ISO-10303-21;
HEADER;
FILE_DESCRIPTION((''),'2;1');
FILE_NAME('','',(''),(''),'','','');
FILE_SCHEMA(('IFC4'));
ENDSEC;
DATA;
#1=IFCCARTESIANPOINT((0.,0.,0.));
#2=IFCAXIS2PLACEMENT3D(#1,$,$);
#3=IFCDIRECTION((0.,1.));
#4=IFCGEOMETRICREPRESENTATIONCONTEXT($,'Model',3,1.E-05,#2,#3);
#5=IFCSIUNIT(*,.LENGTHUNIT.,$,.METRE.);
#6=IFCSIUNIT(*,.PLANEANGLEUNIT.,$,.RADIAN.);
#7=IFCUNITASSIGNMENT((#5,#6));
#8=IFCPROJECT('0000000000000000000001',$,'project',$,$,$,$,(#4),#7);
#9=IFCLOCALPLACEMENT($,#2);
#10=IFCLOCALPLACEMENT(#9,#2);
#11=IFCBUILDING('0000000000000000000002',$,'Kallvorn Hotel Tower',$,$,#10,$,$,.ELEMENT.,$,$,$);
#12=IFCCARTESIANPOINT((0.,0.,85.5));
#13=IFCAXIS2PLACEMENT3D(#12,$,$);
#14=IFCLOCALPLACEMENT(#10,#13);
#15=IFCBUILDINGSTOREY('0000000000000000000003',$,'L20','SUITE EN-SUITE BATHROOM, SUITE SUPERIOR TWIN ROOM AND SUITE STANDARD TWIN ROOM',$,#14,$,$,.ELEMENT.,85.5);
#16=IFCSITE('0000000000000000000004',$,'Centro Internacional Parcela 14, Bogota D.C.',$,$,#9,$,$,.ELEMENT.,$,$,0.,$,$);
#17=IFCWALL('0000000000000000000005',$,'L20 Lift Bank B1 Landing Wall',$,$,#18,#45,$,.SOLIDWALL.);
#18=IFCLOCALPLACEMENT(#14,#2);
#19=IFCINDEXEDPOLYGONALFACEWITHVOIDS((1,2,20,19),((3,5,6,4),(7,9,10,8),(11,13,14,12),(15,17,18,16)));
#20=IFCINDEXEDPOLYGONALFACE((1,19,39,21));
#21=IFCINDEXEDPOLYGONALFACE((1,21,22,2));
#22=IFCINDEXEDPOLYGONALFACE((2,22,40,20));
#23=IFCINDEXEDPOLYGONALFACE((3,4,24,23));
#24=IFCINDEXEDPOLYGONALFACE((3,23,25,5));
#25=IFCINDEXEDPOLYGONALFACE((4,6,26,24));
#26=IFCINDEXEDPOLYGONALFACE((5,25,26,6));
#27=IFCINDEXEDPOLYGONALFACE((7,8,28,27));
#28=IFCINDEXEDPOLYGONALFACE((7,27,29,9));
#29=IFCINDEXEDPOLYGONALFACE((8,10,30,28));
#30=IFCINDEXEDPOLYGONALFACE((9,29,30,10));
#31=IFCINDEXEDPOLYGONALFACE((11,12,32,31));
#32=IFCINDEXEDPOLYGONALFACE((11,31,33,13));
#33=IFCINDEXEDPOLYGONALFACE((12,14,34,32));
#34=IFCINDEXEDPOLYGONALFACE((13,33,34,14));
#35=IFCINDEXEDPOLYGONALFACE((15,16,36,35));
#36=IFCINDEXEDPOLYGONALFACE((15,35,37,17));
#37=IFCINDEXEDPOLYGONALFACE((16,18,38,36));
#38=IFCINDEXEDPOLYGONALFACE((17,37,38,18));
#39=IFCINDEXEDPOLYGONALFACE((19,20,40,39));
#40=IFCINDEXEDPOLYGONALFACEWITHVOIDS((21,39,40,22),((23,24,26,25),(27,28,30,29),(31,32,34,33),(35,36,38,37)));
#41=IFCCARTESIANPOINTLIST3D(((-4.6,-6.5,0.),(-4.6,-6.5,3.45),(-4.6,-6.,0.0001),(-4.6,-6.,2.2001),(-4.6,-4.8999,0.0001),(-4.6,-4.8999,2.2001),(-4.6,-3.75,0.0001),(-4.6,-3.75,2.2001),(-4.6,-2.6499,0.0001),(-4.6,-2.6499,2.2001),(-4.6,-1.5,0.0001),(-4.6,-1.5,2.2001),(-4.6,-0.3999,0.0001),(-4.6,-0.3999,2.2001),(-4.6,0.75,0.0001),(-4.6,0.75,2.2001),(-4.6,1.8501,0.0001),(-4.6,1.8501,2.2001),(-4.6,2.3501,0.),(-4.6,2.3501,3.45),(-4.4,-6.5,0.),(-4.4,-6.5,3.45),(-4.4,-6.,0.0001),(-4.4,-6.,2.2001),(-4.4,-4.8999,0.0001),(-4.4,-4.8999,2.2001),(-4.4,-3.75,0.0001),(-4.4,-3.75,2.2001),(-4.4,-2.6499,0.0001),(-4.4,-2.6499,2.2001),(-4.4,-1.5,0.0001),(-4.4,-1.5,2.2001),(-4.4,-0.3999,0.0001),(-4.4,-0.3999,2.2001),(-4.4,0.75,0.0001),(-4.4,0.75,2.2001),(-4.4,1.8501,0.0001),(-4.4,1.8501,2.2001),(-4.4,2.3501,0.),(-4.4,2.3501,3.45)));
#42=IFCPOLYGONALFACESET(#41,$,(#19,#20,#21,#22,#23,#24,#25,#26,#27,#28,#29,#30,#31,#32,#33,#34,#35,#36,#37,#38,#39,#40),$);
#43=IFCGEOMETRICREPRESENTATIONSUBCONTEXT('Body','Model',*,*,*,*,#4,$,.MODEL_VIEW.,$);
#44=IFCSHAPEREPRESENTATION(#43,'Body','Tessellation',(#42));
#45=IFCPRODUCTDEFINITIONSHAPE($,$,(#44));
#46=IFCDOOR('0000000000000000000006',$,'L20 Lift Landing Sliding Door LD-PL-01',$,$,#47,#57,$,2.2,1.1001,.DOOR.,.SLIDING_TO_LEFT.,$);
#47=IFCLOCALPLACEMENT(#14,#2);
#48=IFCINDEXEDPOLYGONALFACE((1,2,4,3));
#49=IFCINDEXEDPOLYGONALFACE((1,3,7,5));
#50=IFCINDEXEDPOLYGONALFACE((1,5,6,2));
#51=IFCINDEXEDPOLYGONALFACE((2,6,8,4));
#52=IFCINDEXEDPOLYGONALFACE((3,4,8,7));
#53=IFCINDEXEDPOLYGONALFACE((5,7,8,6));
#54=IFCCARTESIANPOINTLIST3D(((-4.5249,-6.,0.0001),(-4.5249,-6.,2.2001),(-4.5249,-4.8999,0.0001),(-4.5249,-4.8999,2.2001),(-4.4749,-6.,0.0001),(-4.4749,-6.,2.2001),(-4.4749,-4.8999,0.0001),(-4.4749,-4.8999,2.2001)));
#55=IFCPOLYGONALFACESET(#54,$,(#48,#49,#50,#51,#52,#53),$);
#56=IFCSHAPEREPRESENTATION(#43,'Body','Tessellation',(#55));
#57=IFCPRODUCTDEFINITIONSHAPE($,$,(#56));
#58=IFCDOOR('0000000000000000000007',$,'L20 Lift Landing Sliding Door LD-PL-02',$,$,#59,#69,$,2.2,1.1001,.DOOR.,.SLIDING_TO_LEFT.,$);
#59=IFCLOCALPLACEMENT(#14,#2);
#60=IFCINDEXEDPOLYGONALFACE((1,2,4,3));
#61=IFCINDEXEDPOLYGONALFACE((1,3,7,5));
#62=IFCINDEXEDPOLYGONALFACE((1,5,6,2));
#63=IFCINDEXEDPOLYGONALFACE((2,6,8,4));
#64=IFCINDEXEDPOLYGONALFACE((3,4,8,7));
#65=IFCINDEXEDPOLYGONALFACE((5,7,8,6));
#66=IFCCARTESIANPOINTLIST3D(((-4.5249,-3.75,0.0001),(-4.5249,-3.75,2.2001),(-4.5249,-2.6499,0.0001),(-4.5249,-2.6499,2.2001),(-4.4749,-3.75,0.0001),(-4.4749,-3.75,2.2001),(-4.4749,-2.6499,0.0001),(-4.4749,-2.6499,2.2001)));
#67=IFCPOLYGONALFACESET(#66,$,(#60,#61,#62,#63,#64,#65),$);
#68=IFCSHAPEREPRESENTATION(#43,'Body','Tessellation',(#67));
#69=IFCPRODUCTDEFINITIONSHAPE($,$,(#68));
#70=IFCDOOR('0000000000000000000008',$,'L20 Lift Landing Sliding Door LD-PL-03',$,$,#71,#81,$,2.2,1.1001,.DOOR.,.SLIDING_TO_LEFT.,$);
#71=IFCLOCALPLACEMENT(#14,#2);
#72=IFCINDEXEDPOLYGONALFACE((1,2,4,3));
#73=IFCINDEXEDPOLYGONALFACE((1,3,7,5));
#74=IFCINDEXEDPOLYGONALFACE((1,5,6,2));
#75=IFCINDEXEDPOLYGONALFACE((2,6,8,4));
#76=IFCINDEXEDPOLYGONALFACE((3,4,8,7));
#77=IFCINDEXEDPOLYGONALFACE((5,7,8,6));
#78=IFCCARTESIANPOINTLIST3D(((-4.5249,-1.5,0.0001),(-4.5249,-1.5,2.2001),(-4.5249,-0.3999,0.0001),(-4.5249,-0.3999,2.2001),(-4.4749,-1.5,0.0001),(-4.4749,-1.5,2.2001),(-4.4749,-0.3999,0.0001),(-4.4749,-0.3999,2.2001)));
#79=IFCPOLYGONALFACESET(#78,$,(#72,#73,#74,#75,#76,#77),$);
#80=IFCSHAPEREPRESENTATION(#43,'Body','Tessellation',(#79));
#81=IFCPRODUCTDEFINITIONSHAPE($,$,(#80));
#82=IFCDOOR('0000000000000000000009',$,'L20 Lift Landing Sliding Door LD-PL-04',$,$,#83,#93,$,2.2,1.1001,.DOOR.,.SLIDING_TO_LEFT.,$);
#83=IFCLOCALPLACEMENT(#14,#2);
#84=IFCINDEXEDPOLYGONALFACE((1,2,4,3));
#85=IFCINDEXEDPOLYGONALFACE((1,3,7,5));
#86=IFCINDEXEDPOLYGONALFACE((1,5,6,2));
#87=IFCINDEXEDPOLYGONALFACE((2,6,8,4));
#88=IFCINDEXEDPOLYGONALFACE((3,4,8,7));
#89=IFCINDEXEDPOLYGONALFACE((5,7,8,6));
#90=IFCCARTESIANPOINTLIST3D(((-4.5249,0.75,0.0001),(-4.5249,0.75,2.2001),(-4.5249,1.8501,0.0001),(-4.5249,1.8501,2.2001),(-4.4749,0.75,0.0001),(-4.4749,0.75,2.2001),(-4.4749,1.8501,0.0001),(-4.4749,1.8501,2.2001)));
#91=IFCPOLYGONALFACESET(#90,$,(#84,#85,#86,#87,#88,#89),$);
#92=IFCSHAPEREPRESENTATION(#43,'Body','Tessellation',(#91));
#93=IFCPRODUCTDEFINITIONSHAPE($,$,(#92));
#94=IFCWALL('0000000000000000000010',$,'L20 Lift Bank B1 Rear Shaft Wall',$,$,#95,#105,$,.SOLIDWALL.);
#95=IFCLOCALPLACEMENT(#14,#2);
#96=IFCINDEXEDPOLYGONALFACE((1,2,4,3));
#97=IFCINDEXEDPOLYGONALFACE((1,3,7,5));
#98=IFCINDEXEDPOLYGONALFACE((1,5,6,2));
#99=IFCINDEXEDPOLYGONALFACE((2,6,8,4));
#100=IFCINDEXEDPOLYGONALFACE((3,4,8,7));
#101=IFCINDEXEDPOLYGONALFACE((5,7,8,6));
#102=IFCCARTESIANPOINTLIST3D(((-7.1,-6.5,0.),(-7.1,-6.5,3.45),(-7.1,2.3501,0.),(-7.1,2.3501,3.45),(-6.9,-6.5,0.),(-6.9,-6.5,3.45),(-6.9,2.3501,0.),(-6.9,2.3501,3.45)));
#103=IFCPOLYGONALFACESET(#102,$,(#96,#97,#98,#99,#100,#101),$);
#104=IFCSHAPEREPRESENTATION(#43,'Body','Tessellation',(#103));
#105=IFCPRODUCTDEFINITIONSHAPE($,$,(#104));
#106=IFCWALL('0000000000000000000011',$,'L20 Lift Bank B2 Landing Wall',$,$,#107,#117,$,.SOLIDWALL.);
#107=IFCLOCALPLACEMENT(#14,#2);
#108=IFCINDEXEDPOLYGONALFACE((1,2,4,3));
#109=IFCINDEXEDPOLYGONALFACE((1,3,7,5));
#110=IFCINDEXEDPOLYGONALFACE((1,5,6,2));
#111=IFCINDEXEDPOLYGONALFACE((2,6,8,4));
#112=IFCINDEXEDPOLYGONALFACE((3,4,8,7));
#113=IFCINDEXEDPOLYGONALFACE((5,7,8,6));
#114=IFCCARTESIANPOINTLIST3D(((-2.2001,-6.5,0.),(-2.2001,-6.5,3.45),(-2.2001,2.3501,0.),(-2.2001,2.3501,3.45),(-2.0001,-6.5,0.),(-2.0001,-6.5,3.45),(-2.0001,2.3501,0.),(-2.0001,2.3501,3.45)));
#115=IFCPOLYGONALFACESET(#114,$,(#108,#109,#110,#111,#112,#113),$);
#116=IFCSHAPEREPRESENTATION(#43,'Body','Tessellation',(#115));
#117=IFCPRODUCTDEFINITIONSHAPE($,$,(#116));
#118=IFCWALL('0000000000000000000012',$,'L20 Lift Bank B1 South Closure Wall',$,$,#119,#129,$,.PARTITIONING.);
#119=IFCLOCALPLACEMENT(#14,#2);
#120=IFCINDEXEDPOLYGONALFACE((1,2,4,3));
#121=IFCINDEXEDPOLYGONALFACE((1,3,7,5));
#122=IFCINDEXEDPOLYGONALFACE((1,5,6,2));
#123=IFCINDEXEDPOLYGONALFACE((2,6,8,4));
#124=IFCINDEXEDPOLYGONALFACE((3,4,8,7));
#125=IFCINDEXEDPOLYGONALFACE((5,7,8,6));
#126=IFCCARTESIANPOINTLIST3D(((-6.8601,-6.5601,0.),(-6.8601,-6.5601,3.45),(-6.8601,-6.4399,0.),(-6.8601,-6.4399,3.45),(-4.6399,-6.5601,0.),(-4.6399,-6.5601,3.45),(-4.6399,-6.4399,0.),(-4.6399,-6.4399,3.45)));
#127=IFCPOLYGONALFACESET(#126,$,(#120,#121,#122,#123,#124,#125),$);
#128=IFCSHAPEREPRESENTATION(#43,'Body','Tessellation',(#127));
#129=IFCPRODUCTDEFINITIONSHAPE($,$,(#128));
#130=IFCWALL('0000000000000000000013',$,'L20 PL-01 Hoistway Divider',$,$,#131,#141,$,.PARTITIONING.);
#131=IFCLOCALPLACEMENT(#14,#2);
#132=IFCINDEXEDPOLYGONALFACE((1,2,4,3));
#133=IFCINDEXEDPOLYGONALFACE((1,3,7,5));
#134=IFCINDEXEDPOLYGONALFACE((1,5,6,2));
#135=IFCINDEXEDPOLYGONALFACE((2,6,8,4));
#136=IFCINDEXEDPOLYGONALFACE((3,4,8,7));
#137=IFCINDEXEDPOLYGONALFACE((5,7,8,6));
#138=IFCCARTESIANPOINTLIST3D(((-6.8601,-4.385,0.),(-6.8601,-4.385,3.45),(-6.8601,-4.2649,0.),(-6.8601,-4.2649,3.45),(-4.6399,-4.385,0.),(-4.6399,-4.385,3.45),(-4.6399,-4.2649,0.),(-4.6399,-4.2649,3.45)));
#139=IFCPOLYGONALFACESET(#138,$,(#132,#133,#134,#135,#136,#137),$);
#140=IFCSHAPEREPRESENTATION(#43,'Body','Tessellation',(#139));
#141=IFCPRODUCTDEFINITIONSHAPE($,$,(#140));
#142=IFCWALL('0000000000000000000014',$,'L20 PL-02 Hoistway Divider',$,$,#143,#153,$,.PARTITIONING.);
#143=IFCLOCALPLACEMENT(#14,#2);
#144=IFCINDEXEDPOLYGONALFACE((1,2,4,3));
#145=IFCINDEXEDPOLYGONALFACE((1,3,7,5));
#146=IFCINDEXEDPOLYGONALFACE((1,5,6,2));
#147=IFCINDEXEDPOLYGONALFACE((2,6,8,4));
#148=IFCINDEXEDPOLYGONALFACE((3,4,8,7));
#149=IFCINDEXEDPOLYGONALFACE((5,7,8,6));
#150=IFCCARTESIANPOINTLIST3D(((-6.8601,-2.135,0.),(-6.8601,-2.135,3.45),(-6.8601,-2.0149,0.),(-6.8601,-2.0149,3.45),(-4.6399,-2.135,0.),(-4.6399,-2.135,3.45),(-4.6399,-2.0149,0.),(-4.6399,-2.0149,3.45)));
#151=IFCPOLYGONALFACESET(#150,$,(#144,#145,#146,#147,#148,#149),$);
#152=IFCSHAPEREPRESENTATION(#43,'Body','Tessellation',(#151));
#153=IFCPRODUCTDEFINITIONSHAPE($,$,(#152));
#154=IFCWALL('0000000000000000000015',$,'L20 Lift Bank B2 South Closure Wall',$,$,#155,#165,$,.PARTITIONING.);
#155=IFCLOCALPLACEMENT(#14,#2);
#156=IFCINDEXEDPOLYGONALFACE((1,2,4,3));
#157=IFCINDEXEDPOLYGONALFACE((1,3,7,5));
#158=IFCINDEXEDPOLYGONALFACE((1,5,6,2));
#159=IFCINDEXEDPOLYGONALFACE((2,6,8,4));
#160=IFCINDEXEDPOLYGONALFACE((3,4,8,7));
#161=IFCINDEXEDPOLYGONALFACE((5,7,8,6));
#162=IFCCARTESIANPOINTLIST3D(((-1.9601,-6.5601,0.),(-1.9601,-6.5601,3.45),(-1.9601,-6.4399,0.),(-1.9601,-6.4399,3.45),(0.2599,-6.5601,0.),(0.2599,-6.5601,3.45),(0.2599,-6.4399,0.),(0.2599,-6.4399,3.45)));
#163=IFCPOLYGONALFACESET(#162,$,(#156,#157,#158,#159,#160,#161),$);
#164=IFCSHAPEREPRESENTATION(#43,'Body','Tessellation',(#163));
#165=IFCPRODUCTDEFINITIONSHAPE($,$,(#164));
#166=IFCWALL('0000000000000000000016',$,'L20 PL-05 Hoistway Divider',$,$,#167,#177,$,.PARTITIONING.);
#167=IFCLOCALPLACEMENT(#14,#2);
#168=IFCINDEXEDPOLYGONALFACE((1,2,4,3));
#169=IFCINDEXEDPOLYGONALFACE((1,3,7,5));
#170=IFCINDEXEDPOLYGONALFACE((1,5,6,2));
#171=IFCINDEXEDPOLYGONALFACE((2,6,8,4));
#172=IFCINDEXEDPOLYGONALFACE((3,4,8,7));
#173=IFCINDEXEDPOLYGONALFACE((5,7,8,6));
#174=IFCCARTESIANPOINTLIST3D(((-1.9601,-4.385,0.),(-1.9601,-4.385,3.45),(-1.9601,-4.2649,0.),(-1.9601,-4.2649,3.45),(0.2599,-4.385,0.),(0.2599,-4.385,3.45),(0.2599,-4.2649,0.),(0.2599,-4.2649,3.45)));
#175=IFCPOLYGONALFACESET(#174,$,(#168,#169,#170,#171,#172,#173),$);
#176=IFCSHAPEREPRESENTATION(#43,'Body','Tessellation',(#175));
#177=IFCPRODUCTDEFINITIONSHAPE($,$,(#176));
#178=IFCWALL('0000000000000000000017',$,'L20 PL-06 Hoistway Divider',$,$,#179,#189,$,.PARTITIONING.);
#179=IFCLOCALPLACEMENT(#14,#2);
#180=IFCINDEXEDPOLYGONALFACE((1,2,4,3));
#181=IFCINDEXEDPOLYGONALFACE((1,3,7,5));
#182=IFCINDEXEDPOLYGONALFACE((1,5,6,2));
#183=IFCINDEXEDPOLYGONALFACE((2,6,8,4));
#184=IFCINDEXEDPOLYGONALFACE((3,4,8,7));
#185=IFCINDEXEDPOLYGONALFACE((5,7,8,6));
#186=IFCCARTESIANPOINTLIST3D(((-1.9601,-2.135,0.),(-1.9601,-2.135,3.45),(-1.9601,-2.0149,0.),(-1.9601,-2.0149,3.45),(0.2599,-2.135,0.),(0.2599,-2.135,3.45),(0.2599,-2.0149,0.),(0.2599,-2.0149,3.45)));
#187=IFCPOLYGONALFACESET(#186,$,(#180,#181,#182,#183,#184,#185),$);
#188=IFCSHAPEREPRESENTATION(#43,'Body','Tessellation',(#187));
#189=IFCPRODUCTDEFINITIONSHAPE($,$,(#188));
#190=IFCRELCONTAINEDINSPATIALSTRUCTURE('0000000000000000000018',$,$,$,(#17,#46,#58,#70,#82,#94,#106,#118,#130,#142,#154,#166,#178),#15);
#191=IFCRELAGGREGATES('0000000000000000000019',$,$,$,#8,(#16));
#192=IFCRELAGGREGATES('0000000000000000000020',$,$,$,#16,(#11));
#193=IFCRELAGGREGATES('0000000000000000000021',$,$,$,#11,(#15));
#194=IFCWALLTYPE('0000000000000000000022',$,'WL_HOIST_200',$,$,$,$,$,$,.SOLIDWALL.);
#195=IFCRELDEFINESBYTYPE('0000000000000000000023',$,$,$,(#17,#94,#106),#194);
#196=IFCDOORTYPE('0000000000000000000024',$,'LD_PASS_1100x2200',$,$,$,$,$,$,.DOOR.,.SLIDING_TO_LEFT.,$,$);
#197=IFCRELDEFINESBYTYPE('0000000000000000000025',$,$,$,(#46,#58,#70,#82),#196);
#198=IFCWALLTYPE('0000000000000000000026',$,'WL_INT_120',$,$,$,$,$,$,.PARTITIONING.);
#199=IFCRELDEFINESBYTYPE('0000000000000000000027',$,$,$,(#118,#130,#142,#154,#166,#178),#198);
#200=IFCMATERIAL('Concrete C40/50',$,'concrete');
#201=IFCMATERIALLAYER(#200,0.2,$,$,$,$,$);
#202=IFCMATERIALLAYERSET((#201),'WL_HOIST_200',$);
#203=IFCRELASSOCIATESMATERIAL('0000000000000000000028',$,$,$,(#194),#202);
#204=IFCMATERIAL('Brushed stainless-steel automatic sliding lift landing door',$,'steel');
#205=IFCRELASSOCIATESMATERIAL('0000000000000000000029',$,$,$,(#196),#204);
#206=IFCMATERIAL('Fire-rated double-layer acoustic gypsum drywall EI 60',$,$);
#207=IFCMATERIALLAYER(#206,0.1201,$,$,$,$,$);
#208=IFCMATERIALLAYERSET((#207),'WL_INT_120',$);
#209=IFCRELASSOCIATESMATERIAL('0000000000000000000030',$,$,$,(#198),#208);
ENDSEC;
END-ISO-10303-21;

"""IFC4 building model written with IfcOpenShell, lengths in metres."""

from ifc_helpers import new_model, si_unit, direction, frame, frame_2d, origin, place, context, subcontext, project, spatial, rectangle, extrude, material, layer, layer_set, type_object, element, fill, save


model = new_model("IFC4")

# Units and contexts
model_context = context("Model", 3, precision=1e-05, world=origin(), true_north=direction((0.0, 1.0)))
body_context = subcontext(model_context, "Body", "Model", "MODEL_VIEW")
ifc_project = project(units=[si_unit("LENGTHUNIT", "METRE"), si_unit("PLANEANGLEUNIT", "RADIAN")], contexts=[model_context])

# Site, building, storey
site_placement = place(None, origin())
site = spatial("IfcSite", under=ifc_project, at=site_placement, Name="Centro Internacional Parcela 14, Bogota D.C.", CompositionType="ELEMENT", RefElevation=0.0)
building_placement = place(site_placement, origin())
building = spatial("IfcBuilding", under=site, at=building_placement, Name="Kallvorn Hotel Tower", CompositionType="ELEMENT")
storey_placement = place(building_placement, frame((0.0, 0.0, 85.5)))
storey = spatial("IfcBuildingStorey", under=building, at=storey_placement, Name="L20", Description="SUITE EN-SUITE BATHROOM, SUITE SUPERIOR TWIN ROOM AND SUITE STANDARD TWIN ROOM", CompositionType="ELEMENT", Elevation=85.5)

# Wall, openings, doors
ifc_material_1 = material(Name="Concrete C40/50", Category="concrete")
ifc_layer_1 = layer(ifc_material_1, 0.2)
ifc_layer_set_1 = layer_set([ifc_layer_1], Name="WL_HOIST_200")
wall_type_1 = type_object("IfcWallType", Name="WL_HOIST_200", PredefinedType="SOLIDWALL", material=ifc_layer_set_1)
wall_1_placement = place(storey_placement, frame((-4.5, -6.5, 0.0), z_axis=(0.0, 0.0, 1.0), x_axis=(0.0, 1.0, 0.0)))
wall_1 = element("IfcWall", 1, at=wall_1_placement, inside=storey, type_object=wall_type_1, Name="L20 Lift Bank B1 Landing Wall", PredefinedType="SOLIDWALL", context=body_context, shape_type="SweptSolid", body=[
    extrude(rectangle(XDim=8.8501, YDim=0.2, at=frame_2d((4.425, 0.0))), origin(), (0.0, 0.0, 1.0), 3.45),
])
opening_1_placement = place(wall_1_placement, frame((0.5, 0.0, 0.0)))
opening_1 = element("IfcOpeningElement", 2, at=opening_1_placement, cuts=wall_1, PredefinedType="OPENING", context=body_context, shape_type="SweptSolid", body=[
    extrude(rectangle(XDim=1.1001, YDim=2.2, at=frame_2d((0.55, 1.1001))), frame((0.0, 0.115, 0.0), z_axis=(0.0, -1.0, 0.0), x_axis=(1.0, 0.0, 0.0)), (0.0, 0.0, 1.0), 0.23),
])
opening_2_placement = place(wall_1_placement, frame((2.75, 0.0, 0.0)))
opening_2 = element("IfcOpeningElement", 3, at=opening_2_placement, cuts=wall_1, PredefinedType="OPENING", context=body_context, shape_type="SweptSolid", body=[
    extrude(rectangle(XDim=1.1001, YDim=2.2, at=frame_2d((0.55, 1.1001))), frame((0.0, 0.115, 0.0), z_axis=(0.0, -1.0, 0.0), x_axis=(1.0, 0.0, 0.0)), (0.0, 0.0, 1.0), 0.23),
])
opening_3_placement = place(wall_1_placement, frame((5.0, 0.0, 0.0)))
opening_3 = element("IfcOpeningElement", 4, at=opening_3_placement, cuts=wall_1, PredefinedType="OPENING", context=body_context, shape_type="SweptSolid", body=[
    extrude(rectangle(XDim=1.1001, YDim=2.2, at=frame_2d((0.55, 1.1001))), frame((0.0, 0.115, 0.0), z_axis=(0.0, -1.0, 0.0), x_axis=(1.0, 0.0, 0.0)), (0.0, 0.0, 1.0), 0.23),
])
opening_4_placement = place(wall_1_placement, frame((7.25, 0.0, 0.0)))
opening_4 = element("IfcOpeningElement", 5, at=opening_4_placement, cuts=wall_1, PredefinedType="OPENING", context=body_context, shape_type="SweptSolid", body=[
    extrude(rectangle(XDim=1.1001, YDim=2.2, at=frame_2d((0.55, 1.1001))), frame((0.0, 0.115, 0.0), z_axis=(0.0, -1.0, 0.0), x_axis=(1.0, 0.0, 0.0)), (0.0, 0.0, 1.0), 0.23),
])
ifc_material_2 = material(Name="Brushed stainless-steel automatic sliding lift landing door", Category="steel")
door_type_1 = type_object("IfcDoorType", Name="LD_PASS_1100x2200", OperationType="SLIDING_TO_LEFT", PredefinedType="DOOR", material=ifc_material_2)
door_1_placement = place(opening_1_placement, origin())
door_1 = element("IfcDoor", 6, at=door_1_placement, inside=storey, type_object=door_type_1, Name="L20 Lift Landing Sliding Door LD-PL-01", OperationType="SLIDING_TO_LEFT", OverallHeight=2.2, OverallWidth=1.1001, PredefinedType="DOOR", context=body_context, shape_type="SweptSolid", body=[
    extrude(rectangle(XDim=1.1001, YDim=2.2, at=frame_2d((0.55, 1.1001))), frame((0.0, 0.0249, 0.0), z_axis=(0.0, -1.0, 0.0), x_axis=(1.0, 0.0, 0.0)), (0.0, 0.0, 1.0), 0.05),
])
fill(opening_1, door_1)
door_2_placement = place(opening_2_placement, origin())
door_2 = element("IfcDoor", 7, at=door_2_placement, inside=storey, type_object=door_type_1, Name="L20 Lift Landing Sliding Door LD-PL-02", OperationType="SLIDING_TO_LEFT", OverallHeight=2.2, OverallWidth=1.1001, PredefinedType="DOOR", context=body_context, shape_type="SweptSolid", body=[
    extrude(rectangle(XDim=1.1001, YDim=2.2, at=frame_2d((0.55, 1.1001))), frame((0.0, 0.0249, 0.0), z_axis=(0.0, -1.0, 0.0), x_axis=(1.0, 0.0, 0.0)), (0.0, 0.0, 1.0), 0.05),
])
fill(opening_2, door_2)
door_3_placement = place(opening_3_placement, origin())
door_3 = element("IfcDoor", 8, at=door_3_placement, inside=storey, type_object=door_type_1, Name="L20 Lift Landing Sliding Door LD-PL-03", OperationType="SLIDING_TO_LEFT", OverallHeight=2.2, OverallWidth=1.1001, PredefinedType="DOOR", context=body_context, shape_type="SweptSolid", body=[
    extrude(rectangle(XDim=1.1001, YDim=2.2, at=frame_2d((0.55, 1.1001))), frame((0.0, 0.0249, 0.0), z_axis=(0.0, -1.0, 0.0), x_axis=(1.0, 0.0, 0.0)), (0.0, 0.0, 1.0), 0.05),
])
fill(opening_3, door_3)
door_4_placement = place(opening_4_placement, origin())
door_4 = element("IfcDoor", 9, at=door_4_placement, inside=storey, type_object=door_type_1, Name="L20 Lift Landing Sliding Door LD-PL-04", OperationType="SLIDING_TO_LEFT", OverallHeight=2.2, OverallWidth=1.1001, PredefinedType="DOOR", context=body_context, shape_type="SweptSolid", body=[
    extrude(rectangle(XDim=1.1001, YDim=2.2, at=frame_2d((0.55, 1.1001))), frame((0.0, 0.0249, 0.0), z_axis=(0.0, -1.0, 0.0), x_axis=(1.0, 0.0, 0.0)), (0.0, 0.0, 1.0), 0.05),
])
fill(opening_4, door_4)

# Walls
for number, where, z_axis, x_axis, name in (
    (10, (-7.0, -6.5, 0.0), (0.0, 0.0, 1.0), (0.0, 1.0, 0.0), "L20 Lift Bank B1 Rear Shaft Wall"),
    (11, (-2.1001, -6.5, 0.0), (0.0, 0.0, 1.0), (0.0, 1.0, 0.0), "L20 Lift Bank B2 Landing Wall"),
):
    element("IfcWall", number, at=place(storey_placement, frame(where, z_axis=z_axis, x_axis=x_axis)), inside=storey, type_object=wall_type_1, Name=name, PredefinedType="SOLIDWALL", context=body_context, shape_type="SweptSolid", body=[
        extrude(rectangle(XDim=8.8501, YDim=0.2, at=frame_2d((4.425, 0.0))), origin(), (0.0, 0.0, 1.0), 3.45),
    ])
ifc_material_3 = material(Name="Fire-rated double-layer acoustic gypsum drywall EI 60")
ifc_layer_2 = layer(ifc_material_3, 0.1201)
ifc_layer_set_2 = layer_set([ifc_layer_2], Name="WL_INT_120")
wall_type_2 = type_object("IfcWallType", Name="WL_INT_120", PredefinedType="PARTITIONING", material=ifc_layer_set_2)
for number, where, z_axis, x_axis, name in (
    (12, (-6.8601, -6.5, 0.0), (0.0, 0.0, 1.0), (1.0, 0.0, 0.0), "L20 Lift Bank B1 South Closure Wall"),
    (13, (-6.8601, -4.325, 0.0), (0.0, 0.0, 1.0), (1.0, 0.0, 0.0), "L20 PL-01 Hoistway Divider"),
    (14, (-6.8601, -2.075, 0.0), (0.0, 0.0, 1.0), (1.0, 0.0, 0.0), "L20 PL-02 Hoistway Divider"),
):
    element("IfcWall", number, at=place(storey_placement, frame(where, z_axis=z_axis, x_axis=x_axis)), inside=storey, type_object=wall_type_2, Name=name, PredefinedType="PARTITIONING", context=body_context, shape_type="SweptSolid", body=[
        extrude(rectangle(XDim=2.2202, YDim=0.1201, at=frame_2d((1.1101, 0.0))), origin(), (0.0, 0.0, 1.0), 3.45),
    ])
for number, where, z_axis, x_axis, name in (
    (15, (-1.96, -6.5, 0.0), (0.0, 0.0, 1.0), (1.0, 0.0, 0.0), "L20 Lift Bank B2 South Closure Wall"),
    (16, (-1.96, -4.325, 0.0), (0.0, 0.0, 1.0), (1.0, 0.0, 0.0), "L20 PL-05 Hoistway Divider"),
    (17, (-1.96, -2.075, 0.0), (0.0, 0.0, 1.0), (1.0, 0.0, 0.0), "L20 PL-06 Hoistway Divider"),
):
    element("IfcWall", number, at=place(storey_placement, frame(where, z_axis=z_axis, x_axis=x_axis)), inside=storey, type_object=wall_type_2, Name=name, PredefinedType="PARTITIONING", context=body_context, shape_type="SweptSolid", body=[
        extrude(rectangle(XDim=2.22, YDim=0.1201, at=frame_2d((1.1099, 0.0))), origin(), (0.0, 0.0, 1.0), 3.45),
    ])

save(model, "model.ifc")
